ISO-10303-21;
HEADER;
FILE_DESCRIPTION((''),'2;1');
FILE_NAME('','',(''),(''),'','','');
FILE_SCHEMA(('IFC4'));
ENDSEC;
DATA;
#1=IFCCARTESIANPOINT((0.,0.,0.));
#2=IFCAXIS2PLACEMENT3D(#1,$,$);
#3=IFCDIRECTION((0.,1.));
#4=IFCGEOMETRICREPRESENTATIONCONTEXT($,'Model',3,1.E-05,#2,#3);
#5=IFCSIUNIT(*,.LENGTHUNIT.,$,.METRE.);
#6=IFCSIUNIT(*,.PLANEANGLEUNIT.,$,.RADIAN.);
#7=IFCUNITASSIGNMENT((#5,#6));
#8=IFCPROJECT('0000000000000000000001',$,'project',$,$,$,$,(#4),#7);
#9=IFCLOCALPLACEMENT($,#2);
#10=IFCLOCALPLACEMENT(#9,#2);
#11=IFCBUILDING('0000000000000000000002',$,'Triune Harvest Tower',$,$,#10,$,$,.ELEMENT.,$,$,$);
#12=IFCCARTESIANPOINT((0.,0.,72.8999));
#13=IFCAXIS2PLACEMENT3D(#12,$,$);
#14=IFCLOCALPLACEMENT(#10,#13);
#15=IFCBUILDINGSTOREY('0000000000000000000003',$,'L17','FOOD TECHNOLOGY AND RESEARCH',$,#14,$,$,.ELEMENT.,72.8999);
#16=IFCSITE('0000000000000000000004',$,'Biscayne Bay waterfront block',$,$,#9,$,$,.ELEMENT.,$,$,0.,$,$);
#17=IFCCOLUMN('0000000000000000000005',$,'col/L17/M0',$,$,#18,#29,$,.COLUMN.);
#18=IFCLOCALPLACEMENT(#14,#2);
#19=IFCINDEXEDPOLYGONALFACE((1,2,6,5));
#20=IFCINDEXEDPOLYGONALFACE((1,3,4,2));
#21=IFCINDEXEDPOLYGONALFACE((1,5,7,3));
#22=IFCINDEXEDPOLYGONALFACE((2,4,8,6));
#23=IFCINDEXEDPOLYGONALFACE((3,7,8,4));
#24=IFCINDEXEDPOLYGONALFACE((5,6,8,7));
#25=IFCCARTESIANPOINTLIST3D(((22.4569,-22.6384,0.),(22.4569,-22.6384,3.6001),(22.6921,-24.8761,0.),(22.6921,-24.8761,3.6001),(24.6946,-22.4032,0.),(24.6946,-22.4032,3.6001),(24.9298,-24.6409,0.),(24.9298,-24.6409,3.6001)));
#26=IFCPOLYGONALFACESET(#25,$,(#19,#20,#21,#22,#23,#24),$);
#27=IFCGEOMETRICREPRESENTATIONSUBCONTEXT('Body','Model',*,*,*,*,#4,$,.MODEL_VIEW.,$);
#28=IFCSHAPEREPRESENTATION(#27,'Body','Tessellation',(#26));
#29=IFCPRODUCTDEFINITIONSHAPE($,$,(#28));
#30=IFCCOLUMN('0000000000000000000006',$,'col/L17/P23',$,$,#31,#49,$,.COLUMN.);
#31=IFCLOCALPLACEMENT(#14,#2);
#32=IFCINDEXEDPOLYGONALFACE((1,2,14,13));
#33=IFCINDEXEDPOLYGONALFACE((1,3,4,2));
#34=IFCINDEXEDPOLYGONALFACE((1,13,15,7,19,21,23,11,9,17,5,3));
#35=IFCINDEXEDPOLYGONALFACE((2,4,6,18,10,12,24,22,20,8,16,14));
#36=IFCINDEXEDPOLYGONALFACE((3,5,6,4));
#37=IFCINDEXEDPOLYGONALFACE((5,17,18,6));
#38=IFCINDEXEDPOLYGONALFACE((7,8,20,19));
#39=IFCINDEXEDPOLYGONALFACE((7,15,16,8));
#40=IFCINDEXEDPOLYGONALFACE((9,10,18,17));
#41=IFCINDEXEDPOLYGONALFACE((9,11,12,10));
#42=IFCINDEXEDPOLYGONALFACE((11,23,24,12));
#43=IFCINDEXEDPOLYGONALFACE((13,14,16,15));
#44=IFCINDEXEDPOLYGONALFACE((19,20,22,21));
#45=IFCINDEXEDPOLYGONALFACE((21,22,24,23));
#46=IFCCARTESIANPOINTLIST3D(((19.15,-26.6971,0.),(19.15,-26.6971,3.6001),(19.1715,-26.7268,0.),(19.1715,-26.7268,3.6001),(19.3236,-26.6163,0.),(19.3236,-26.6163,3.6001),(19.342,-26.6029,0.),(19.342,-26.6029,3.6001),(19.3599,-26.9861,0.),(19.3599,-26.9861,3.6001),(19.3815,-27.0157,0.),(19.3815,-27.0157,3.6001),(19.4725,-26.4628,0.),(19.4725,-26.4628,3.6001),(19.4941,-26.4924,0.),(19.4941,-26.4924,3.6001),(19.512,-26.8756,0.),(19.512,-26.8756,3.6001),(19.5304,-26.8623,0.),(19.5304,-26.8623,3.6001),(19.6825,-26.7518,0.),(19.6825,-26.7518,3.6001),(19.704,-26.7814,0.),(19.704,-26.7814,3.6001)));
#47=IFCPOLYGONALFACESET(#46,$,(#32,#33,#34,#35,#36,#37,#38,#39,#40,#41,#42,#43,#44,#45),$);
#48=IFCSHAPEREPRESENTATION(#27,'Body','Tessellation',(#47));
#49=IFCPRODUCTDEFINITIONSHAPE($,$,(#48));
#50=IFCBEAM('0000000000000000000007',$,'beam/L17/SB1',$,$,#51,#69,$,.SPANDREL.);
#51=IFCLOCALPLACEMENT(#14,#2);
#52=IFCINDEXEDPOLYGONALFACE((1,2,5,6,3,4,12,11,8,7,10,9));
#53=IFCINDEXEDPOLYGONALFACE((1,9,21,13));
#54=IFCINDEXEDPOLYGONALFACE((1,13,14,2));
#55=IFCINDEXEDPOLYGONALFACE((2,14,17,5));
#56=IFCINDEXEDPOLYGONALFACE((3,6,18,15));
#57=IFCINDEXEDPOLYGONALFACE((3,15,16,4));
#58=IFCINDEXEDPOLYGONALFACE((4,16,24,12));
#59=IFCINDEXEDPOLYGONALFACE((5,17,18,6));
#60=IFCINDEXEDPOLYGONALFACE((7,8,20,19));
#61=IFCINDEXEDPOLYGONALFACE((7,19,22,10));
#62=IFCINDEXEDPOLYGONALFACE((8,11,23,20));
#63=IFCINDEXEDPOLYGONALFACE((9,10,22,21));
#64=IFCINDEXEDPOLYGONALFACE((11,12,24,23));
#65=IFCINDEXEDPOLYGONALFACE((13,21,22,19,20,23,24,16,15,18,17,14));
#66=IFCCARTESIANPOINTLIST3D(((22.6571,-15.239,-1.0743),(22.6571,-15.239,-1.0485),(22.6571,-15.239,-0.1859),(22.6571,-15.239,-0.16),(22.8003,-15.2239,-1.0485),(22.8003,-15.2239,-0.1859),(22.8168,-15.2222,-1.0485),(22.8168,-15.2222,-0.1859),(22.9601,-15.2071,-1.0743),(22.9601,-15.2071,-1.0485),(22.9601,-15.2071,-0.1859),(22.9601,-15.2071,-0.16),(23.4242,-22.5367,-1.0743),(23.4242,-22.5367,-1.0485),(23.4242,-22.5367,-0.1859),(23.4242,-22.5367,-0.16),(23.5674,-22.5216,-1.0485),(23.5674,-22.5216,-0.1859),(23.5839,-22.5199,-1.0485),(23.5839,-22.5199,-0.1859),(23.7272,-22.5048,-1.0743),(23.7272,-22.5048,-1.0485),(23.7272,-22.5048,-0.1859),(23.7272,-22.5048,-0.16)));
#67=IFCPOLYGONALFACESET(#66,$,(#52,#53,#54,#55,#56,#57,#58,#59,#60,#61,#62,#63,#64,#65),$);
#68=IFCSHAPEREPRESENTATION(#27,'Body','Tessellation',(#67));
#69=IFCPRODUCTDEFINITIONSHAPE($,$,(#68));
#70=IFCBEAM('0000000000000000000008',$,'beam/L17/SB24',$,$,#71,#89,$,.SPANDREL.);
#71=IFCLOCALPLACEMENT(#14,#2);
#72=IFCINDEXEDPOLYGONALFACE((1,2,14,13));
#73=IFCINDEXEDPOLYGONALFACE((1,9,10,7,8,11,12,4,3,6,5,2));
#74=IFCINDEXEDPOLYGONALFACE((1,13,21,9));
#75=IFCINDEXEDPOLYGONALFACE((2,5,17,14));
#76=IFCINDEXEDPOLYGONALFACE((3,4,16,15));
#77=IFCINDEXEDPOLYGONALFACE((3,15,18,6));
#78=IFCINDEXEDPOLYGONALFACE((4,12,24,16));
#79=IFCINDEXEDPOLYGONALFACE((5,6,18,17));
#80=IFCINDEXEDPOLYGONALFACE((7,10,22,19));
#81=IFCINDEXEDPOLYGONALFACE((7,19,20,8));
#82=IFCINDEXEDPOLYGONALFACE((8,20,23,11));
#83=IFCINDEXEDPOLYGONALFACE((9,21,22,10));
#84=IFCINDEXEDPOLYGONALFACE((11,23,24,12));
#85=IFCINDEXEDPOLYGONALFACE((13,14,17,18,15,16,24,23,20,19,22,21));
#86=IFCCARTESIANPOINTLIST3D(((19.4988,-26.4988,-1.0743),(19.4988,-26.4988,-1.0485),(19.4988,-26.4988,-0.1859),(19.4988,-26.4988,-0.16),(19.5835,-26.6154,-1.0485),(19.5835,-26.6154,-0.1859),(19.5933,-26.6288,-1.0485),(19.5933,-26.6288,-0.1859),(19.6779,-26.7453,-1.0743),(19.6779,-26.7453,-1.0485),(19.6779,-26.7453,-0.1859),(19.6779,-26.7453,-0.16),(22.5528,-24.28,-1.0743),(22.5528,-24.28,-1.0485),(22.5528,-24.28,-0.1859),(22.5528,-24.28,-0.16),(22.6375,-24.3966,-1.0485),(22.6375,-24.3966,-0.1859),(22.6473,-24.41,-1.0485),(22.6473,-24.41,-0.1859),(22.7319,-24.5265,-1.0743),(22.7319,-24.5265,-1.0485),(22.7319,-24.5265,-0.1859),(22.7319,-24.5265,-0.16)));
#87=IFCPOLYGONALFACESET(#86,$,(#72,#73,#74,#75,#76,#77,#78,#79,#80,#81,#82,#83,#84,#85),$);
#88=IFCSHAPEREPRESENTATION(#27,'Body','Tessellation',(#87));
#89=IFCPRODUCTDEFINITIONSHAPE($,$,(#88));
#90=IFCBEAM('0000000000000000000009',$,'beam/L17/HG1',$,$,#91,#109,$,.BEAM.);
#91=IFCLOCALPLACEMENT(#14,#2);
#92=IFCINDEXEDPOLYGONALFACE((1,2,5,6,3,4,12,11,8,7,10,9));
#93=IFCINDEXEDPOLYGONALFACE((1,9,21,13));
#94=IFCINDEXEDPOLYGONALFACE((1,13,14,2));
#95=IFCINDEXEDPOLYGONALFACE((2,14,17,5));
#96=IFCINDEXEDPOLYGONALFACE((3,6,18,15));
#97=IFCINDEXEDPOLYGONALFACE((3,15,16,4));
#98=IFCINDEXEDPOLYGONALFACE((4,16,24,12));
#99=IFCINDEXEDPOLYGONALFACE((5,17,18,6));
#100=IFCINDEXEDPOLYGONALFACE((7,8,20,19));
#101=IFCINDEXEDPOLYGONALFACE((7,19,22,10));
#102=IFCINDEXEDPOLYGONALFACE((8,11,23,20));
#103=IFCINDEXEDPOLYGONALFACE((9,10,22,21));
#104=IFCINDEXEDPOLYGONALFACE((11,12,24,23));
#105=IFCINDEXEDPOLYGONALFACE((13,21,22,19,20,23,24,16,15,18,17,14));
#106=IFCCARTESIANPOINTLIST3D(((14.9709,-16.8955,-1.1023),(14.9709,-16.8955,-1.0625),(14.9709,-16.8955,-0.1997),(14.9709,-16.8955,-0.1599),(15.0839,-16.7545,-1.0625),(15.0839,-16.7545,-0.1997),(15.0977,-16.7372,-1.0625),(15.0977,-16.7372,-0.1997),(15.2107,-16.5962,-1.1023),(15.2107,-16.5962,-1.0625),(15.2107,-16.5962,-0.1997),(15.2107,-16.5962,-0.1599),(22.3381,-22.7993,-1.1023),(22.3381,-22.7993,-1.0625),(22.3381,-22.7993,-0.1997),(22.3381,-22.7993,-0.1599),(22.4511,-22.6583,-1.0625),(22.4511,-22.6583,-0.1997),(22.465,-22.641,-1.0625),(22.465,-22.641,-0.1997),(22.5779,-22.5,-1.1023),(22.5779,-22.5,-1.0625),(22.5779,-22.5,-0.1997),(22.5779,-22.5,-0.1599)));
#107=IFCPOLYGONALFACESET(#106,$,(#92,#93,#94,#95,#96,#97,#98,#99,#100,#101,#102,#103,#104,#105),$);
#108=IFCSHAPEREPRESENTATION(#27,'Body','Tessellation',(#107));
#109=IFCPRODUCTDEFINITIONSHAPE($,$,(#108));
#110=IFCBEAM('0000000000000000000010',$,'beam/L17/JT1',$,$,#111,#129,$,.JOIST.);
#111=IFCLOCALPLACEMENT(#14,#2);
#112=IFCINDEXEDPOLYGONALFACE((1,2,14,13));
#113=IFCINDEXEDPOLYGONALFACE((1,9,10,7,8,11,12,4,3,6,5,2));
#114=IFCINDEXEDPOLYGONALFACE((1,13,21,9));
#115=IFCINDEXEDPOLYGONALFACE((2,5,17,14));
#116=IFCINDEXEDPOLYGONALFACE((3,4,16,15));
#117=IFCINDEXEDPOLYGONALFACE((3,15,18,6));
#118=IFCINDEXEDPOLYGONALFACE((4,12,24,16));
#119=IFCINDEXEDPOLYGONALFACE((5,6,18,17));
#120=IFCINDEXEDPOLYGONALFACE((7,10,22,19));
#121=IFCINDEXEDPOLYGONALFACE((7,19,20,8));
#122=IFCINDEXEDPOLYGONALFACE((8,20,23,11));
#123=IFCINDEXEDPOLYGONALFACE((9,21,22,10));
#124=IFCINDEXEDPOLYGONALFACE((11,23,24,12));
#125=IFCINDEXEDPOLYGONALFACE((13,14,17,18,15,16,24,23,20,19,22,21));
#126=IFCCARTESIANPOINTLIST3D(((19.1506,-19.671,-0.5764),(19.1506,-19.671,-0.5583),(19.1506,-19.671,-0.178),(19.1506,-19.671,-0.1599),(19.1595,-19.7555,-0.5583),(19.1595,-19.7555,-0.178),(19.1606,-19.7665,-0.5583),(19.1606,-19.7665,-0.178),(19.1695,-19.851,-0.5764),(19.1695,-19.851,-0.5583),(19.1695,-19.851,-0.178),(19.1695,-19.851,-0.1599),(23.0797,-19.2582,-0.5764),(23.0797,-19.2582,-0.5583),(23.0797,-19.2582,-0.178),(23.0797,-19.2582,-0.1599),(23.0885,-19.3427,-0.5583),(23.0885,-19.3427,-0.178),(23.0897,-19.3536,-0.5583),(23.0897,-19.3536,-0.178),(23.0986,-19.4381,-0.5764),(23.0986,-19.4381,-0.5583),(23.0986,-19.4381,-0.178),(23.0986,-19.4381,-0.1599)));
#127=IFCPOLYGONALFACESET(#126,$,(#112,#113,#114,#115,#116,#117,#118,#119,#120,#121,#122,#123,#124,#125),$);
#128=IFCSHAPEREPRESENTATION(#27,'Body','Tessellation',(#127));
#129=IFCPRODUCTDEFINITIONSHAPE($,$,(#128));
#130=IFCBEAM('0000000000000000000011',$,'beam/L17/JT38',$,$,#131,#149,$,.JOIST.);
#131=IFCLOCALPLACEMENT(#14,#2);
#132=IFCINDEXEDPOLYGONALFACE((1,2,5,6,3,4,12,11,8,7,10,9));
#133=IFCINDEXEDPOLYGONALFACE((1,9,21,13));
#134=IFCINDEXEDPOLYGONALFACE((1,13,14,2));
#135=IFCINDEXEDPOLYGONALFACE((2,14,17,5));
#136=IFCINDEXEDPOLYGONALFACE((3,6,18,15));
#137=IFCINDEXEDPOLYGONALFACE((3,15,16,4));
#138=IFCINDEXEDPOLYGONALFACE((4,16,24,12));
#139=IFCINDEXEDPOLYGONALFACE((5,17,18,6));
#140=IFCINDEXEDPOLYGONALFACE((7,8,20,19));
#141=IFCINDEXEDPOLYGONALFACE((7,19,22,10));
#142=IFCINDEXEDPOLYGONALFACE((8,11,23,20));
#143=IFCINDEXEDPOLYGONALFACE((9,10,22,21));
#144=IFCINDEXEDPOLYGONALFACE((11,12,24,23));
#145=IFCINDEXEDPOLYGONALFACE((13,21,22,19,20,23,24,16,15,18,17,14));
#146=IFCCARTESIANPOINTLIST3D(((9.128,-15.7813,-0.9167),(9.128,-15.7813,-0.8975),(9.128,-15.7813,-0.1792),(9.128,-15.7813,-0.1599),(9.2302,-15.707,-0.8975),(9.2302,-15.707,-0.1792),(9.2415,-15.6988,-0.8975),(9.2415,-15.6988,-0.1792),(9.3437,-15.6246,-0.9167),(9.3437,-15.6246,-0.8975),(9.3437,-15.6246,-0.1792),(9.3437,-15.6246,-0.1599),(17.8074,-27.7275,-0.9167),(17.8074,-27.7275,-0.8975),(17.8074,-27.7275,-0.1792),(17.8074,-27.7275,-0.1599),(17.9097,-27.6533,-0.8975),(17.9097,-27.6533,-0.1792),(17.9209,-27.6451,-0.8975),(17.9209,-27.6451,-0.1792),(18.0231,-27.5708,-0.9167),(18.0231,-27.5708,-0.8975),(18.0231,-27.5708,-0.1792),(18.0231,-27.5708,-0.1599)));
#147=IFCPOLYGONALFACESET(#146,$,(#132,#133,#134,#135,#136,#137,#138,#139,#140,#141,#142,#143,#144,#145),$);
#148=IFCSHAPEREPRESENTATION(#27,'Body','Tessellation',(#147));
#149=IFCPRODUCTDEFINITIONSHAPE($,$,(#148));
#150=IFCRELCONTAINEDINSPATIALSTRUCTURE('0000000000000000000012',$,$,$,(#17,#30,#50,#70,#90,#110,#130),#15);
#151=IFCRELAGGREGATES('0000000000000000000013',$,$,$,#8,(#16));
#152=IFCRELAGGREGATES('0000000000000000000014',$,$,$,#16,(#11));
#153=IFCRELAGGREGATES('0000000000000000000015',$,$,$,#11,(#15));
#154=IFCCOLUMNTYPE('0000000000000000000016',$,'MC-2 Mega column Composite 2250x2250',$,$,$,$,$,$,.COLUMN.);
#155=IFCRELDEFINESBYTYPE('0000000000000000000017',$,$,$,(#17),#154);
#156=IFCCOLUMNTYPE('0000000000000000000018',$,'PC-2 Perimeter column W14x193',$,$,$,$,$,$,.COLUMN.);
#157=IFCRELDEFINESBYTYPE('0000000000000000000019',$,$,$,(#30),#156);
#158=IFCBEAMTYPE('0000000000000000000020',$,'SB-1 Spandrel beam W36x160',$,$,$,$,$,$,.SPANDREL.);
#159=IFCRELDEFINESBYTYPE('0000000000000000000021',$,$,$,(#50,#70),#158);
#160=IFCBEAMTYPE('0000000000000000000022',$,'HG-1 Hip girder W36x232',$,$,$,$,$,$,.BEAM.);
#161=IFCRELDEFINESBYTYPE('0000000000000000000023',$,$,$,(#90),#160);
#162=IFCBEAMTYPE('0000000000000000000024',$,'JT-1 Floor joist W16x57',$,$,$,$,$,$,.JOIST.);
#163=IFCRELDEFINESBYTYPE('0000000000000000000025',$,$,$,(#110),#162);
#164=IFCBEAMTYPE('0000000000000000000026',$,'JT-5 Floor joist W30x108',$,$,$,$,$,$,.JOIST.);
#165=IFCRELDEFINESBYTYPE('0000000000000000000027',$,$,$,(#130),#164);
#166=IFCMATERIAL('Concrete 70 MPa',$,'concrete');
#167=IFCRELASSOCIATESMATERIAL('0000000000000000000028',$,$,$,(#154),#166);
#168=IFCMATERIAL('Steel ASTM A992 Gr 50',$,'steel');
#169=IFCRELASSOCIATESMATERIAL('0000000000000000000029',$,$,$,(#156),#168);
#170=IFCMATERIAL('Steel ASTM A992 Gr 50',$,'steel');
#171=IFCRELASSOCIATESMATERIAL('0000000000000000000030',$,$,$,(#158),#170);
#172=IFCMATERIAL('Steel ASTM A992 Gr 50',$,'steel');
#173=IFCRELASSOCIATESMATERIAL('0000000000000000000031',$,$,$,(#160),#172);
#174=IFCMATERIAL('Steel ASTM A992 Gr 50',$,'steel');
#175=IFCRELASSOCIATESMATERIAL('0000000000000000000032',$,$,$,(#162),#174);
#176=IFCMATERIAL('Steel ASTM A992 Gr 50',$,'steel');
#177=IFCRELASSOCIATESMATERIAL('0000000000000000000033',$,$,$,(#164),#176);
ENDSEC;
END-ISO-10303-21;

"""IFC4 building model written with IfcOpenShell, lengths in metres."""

from ifc_helpers import new_model, si_unit, direction, frame, origin, origin_2d, place, context, subcontext, project, spatial, rectangle, i_section, extrude, source, transform, mapped, material, material_profile, profile_set, type_object, element, save


model = new_model("IFC4")

# Units and contexts
model_context = context("Model", 3, precision=1e-05, world=origin(), true_north=direction((0.0, 1.0)))
body_context = subcontext(model_context, "Body", "Model", "MODEL_VIEW")
ifc_project = project(units=[si_unit("LENGTHUNIT", "METRE"), si_unit("PLANEANGLEUNIT", "RADIAN")], contexts=[model_context])

# Site, building, storey
site_placement = place(None, origin())
site = spatial("IfcSite", under=ifc_project, at=site_placement, Name="Biscayne Bay waterfront block", CompositionType="ELEMENT", RefElevation=0.0)
building_placement = place(site_placement, origin())
building = spatial("IfcBuilding", under=site, at=building_placement, Name="Triune Harvest Tower", CompositionType="ELEMENT")
storey_placement = place(building_placement, frame((0.0, 0.0, 72.8999)))
storey = spatial("IfcBuildingStorey", under=building, at=storey_placement, Name="L17", Description="FOOD TECHNOLOGY AND RESEARCH", CompositionType="ELEMENT", Elevation=72.8999)

# Columns
ifc_material_1 = material(Name="Concrete 70 MPa", Category="concrete")
ifc_material_profile_1 = material_profile(ifc_material_1, rectangle(XDim=2.25, YDim=2.25, at=origin_2d()), Name="Composite 2250x2250")
ifc_profile_set_1 = profile_set([ifc_material_profile_1], Name="Concrete 70 MPa")
column_type_1 = type_object("IfcColumnType", Name="MC-2 Mega column Composite 2250x2250", PredefinedType="COLUMN", material=ifc_profile_set_1)
shared_shape_1 = source(origin(), body_context, "Body", "SweptSolid", [
    extrude(rectangle(XDim=2.25, YDim=2.25, at=origin_2d()), origin(), (0.0, 0.0, 1.0), 3.6001),
])
column_1_placement = place(storey_placement, frame((23.6934, -23.6396, 0.0), z_axis=(0.0, 0.0, 1.0), x_axis=(-0.104527, 0.994522, 0.0)))
element("IfcColumn", 1, at=column_1_placement, inside=storey, type_object=column_type_1, Name="col/L17/M0", PredefinedType="COLUMN", context=body_context, shape_type="MappedRepresentation", body=[
    mapped(shared_shape_1, transform((0.0, 0.0, 0.0), scale=1.0)),
])
ifc_material_2 = material(Name="Steel ASTM A992 Gr 50", Category="steel")
ifc_material_profile_2 = material_profile(ifc_material_2, i_section(OverallWidth=0.3987, OverallDepth=0.3938, WebThickness=0.0227, FlangeThickness=0.0366, at=origin_2d()), Name="W14x193")
ifc_profile_set_2 = profile_set([ifc_material_profile_2], Name="Steel ASTM A992 Gr 50")
column_type_2 = type_object("IfcColumnType", Name="PC-2 Perimeter column W14x193", PredefinedType="COLUMN", material=ifc_profile_set_2)
shared_shape_2 = source(origin(), body_context, "Body", "SweptSolid", [
    extrude(i_section(OverallWidth=0.3987, OverallDepth=0.3938, WebThickness=0.0227, FlangeThickness=0.0366, at=origin_2d()), origin(), (0.0, 0.0, 1.0), 3.6001),
])
column_2_placement = place(storey_placement, frame((19.427, -26.7393, 0.0), z_axis=(0.0, 0.0, 1.0), x_axis=(0.809015, 0.587788, 0.0)))
element("IfcColumn", 2, at=column_2_placement, inside=storey, type_object=column_type_2, Name="col/L17/P23", PredefinedType="COLUMN", context=body_context, shape_type="MappedRepresentation", body=[
    mapped(shared_shape_2, transform((0.0, 0.0, 0.0), scale=1.0)),
])

# Beams
ifc_material_3 = material(Name="Steel ASTM A992 Gr 50", Category="steel")
ifc_material_profile_3 = material_profile(ifc_material_3, i_section(OverallWidth=0.3047, OverallDepth=0.9143, WebThickness=0.0166, FlangeThickness=0.0259, at=origin_2d()), Name="W36x160")
ifc_profile_set_3 = profile_set([ifc_material_profile_3], Name="Steel ASTM A992 Gr 50")
beam_type_1 = type_object("IfcBeamType", Name="SB-1 Spandrel beam W36x160", PredefinedType="SPANDREL", material=ifc_profile_set_3)
shared_shape_3 = source(origin(), body_context, "Body", "SweptSolid", [
    extrude(i_section(OverallWidth=0.3047, OverallDepth=0.9143, WebThickness=0.0166, FlangeThickness=0.0259, at=origin_2d()), origin(), (0.0, 0.0, 1.0), 7.3379),
])
beam_1_placement = place(storey_placement, frame((23.5757, -22.5208, -0.6172), z_axis=(-0.104539, 0.994521, 0.0), x_axis=(-0.994521, -0.104539, 0.0)))
element("IfcBeam", 3, at=beam_1_placement, inside=storey, type_object=beam_type_1, Name="beam/L17/SB1", PredefinedType="SPANDREL", context=body_context, shape_type="MappedRepresentation", body=[
    mapped(shared_shape_3, transform((0.0, 0.0, 0.0), scale=1.0)),
])
shared_shape_4 = source(origin(), body_context, "Body", "SweptSolid", [
    extrude(i_section(OverallWidth=0.3047, OverallDepth=0.9143, WebThickness=0.0166, FlangeThickness=0.0259, at=origin_2d()), origin(), (0.0, 0.0, 1.0), 3.7749),
])
beam_2_placement = place(storey_placement, frame((19.5884, -26.6221, -0.6172), z_axis=(0.809027, 0.587772, 0.0), x_axis=(-0.587772, 0.809027, 0.0)))
element("IfcBeam", 4, at=beam_2_placement, inside=storey, type_object=beam_type_1, Name="beam/L17/SB24", PredefinedType="SPANDREL", context=body_context, shape_type="MappedRepresentation", body=[
    mapped(shared_shape_4, transform((0.0, 0.0, 0.0), scale=1.0)),
])
ifc_material_4 = material(Name="Steel ASTM A992 Gr 50", Category="steel")
ifc_material_profile_4 = material_profile(ifc_material_4, i_section(OverallWidth=0.3835, OverallDepth=0.9424, WebThickness=0.0222, FlangeThickness=0.0398, at=origin_2d()), Name="W36x232")
ifc_profile_set_4 = profile_set([ifc_material_profile_4], Name="Steel ASTM A992 Gr 50")
beam_type_2 = type_object("IfcBeamType", Name="HG-1 Hip girder W36x232", PredefinedType="BEAM", material=ifc_profile_set_4)
shared_shape_5 = source(origin(), body_context, "Body", "SweptSolid", [
    extrude(i_section(OverallWidth=0.3835, OverallDepth=0.9424, WebThickness=0.0222, FlangeThickness=0.0398, at=origin_2d()), origin(), (0.0, 0.0, 1.0), 9.4409),
])
beam_3_placement = place(storey_placement, frame((22.458, -22.6497, -0.6311), z_axis=(-0.780349, 0.625344, 0.0), x_axis=(-0.625344, -0.780349, 0.0)))
element("IfcBeam", 5, at=beam_3_placement, inside=storey, type_object=beam_type_2, Name="beam/L17/HG1", PredefinedType="BEAM", context=body_context, shape_type="MappedRepresentation", body=[
    mapped(shared_shape_5, transform((0.0, 0.0, 0.0), scale=1.0)),
])
ifc_material_5 = material(Name="Steel ASTM A992 Gr 50", Category="steel")
ifc_material_profile_5 = material_profile(ifc_material_5, i_section(OverallWidth=0.1809, OverallDepth=0.4165, WebThickness=0.011, FlangeThickness=0.0181, at=origin_2d()), Name="W16x57")
ifc_profile_set_5 = profile_set([ifc_material_profile_5], Name="Steel ASTM A992 Gr 50")
beam_type_3 = type_object("IfcBeamType", Name="JT-1 Floor joist W16x57", PredefinedType="JOIST", material=ifc_profile_set_5)
shared_shape_6 = source(origin(), body_context, "Body", "SweptSolid", [
    extrude(i_section(OverallWidth=0.1809, OverallDepth=0.4165, WebThickness=0.011, FlangeThickness=0.0181, at=origin_2d()), origin(), (0.0, 0.0, 1.0), 3.9507),
])
beam_4_placement = place(storey_placement, frame((23.0891, -19.3481, -0.3682), z_axis=(-0.994525, -0.104501, 0.0), x_axis=(0.104501, -0.994525, 0.0)))
element("IfcBeam", 6, at=beam_4_placement, inside=storey, type_object=beam_type_3, Name="beam/L17/JT1", PredefinedType="JOIST", context=body_context, shape_type="MappedRepresentation", body=[
    mapped(shared_shape_6, transform((0.0, 0.0, 0.0), scale=1.0)),
])
ifc_material_6 = material(Name="Steel ASTM A992 Gr 50", Category="steel")
ifc_material_profile_6 = material_profile(ifc_material_6, i_section(OverallWidth=0.2666, OverallDepth=0.7568, WebThickness=0.0139, FlangeThickness=0.0193, at=origin_2d()), Name="W30x108")
ifc_profile_set_6 = profile_set([ifc_material_profile_6], Name="Steel ASTM A992 Gr 50")
beam_type_4 = type_object("IfcBeamType", Name="JT-5 Floor joist W30x108", PredefinedType="JOIST", material=ifc_profile_set_6)
shared_shape_7 = source(origin(), body_context, "Body", "SweptSolid", [
    extrude(i_section(OverallWidth=0.2666, OverallDepth=0.7568, WebThickness=0.0139, FlangeThickness=0.0193, at=origin_2d()), origin(), (0.0, 0.0, 1.0), 14.7664),
])
beam_5_placement = place(storey_placement, frame((17.9153, -27.6492, -0.5383), z_axis=(-0.587783, 0.809018, 0.0), x_axis=(-0.809018, -0.587783, 0.0)))
element("IfcBeam", 7, at=beam_5_placement, inside=storey, type_object=beam_type_4, Name="beam/L17/JT38", PredefinedType="JOIST", context=body_context, shape_type="MappedRepresentation", body=[
    mapped(shared_shape_7, transform((0.0, 0.0, 0.0), scale=1.0)),
])

save(model, "model.ifc")
